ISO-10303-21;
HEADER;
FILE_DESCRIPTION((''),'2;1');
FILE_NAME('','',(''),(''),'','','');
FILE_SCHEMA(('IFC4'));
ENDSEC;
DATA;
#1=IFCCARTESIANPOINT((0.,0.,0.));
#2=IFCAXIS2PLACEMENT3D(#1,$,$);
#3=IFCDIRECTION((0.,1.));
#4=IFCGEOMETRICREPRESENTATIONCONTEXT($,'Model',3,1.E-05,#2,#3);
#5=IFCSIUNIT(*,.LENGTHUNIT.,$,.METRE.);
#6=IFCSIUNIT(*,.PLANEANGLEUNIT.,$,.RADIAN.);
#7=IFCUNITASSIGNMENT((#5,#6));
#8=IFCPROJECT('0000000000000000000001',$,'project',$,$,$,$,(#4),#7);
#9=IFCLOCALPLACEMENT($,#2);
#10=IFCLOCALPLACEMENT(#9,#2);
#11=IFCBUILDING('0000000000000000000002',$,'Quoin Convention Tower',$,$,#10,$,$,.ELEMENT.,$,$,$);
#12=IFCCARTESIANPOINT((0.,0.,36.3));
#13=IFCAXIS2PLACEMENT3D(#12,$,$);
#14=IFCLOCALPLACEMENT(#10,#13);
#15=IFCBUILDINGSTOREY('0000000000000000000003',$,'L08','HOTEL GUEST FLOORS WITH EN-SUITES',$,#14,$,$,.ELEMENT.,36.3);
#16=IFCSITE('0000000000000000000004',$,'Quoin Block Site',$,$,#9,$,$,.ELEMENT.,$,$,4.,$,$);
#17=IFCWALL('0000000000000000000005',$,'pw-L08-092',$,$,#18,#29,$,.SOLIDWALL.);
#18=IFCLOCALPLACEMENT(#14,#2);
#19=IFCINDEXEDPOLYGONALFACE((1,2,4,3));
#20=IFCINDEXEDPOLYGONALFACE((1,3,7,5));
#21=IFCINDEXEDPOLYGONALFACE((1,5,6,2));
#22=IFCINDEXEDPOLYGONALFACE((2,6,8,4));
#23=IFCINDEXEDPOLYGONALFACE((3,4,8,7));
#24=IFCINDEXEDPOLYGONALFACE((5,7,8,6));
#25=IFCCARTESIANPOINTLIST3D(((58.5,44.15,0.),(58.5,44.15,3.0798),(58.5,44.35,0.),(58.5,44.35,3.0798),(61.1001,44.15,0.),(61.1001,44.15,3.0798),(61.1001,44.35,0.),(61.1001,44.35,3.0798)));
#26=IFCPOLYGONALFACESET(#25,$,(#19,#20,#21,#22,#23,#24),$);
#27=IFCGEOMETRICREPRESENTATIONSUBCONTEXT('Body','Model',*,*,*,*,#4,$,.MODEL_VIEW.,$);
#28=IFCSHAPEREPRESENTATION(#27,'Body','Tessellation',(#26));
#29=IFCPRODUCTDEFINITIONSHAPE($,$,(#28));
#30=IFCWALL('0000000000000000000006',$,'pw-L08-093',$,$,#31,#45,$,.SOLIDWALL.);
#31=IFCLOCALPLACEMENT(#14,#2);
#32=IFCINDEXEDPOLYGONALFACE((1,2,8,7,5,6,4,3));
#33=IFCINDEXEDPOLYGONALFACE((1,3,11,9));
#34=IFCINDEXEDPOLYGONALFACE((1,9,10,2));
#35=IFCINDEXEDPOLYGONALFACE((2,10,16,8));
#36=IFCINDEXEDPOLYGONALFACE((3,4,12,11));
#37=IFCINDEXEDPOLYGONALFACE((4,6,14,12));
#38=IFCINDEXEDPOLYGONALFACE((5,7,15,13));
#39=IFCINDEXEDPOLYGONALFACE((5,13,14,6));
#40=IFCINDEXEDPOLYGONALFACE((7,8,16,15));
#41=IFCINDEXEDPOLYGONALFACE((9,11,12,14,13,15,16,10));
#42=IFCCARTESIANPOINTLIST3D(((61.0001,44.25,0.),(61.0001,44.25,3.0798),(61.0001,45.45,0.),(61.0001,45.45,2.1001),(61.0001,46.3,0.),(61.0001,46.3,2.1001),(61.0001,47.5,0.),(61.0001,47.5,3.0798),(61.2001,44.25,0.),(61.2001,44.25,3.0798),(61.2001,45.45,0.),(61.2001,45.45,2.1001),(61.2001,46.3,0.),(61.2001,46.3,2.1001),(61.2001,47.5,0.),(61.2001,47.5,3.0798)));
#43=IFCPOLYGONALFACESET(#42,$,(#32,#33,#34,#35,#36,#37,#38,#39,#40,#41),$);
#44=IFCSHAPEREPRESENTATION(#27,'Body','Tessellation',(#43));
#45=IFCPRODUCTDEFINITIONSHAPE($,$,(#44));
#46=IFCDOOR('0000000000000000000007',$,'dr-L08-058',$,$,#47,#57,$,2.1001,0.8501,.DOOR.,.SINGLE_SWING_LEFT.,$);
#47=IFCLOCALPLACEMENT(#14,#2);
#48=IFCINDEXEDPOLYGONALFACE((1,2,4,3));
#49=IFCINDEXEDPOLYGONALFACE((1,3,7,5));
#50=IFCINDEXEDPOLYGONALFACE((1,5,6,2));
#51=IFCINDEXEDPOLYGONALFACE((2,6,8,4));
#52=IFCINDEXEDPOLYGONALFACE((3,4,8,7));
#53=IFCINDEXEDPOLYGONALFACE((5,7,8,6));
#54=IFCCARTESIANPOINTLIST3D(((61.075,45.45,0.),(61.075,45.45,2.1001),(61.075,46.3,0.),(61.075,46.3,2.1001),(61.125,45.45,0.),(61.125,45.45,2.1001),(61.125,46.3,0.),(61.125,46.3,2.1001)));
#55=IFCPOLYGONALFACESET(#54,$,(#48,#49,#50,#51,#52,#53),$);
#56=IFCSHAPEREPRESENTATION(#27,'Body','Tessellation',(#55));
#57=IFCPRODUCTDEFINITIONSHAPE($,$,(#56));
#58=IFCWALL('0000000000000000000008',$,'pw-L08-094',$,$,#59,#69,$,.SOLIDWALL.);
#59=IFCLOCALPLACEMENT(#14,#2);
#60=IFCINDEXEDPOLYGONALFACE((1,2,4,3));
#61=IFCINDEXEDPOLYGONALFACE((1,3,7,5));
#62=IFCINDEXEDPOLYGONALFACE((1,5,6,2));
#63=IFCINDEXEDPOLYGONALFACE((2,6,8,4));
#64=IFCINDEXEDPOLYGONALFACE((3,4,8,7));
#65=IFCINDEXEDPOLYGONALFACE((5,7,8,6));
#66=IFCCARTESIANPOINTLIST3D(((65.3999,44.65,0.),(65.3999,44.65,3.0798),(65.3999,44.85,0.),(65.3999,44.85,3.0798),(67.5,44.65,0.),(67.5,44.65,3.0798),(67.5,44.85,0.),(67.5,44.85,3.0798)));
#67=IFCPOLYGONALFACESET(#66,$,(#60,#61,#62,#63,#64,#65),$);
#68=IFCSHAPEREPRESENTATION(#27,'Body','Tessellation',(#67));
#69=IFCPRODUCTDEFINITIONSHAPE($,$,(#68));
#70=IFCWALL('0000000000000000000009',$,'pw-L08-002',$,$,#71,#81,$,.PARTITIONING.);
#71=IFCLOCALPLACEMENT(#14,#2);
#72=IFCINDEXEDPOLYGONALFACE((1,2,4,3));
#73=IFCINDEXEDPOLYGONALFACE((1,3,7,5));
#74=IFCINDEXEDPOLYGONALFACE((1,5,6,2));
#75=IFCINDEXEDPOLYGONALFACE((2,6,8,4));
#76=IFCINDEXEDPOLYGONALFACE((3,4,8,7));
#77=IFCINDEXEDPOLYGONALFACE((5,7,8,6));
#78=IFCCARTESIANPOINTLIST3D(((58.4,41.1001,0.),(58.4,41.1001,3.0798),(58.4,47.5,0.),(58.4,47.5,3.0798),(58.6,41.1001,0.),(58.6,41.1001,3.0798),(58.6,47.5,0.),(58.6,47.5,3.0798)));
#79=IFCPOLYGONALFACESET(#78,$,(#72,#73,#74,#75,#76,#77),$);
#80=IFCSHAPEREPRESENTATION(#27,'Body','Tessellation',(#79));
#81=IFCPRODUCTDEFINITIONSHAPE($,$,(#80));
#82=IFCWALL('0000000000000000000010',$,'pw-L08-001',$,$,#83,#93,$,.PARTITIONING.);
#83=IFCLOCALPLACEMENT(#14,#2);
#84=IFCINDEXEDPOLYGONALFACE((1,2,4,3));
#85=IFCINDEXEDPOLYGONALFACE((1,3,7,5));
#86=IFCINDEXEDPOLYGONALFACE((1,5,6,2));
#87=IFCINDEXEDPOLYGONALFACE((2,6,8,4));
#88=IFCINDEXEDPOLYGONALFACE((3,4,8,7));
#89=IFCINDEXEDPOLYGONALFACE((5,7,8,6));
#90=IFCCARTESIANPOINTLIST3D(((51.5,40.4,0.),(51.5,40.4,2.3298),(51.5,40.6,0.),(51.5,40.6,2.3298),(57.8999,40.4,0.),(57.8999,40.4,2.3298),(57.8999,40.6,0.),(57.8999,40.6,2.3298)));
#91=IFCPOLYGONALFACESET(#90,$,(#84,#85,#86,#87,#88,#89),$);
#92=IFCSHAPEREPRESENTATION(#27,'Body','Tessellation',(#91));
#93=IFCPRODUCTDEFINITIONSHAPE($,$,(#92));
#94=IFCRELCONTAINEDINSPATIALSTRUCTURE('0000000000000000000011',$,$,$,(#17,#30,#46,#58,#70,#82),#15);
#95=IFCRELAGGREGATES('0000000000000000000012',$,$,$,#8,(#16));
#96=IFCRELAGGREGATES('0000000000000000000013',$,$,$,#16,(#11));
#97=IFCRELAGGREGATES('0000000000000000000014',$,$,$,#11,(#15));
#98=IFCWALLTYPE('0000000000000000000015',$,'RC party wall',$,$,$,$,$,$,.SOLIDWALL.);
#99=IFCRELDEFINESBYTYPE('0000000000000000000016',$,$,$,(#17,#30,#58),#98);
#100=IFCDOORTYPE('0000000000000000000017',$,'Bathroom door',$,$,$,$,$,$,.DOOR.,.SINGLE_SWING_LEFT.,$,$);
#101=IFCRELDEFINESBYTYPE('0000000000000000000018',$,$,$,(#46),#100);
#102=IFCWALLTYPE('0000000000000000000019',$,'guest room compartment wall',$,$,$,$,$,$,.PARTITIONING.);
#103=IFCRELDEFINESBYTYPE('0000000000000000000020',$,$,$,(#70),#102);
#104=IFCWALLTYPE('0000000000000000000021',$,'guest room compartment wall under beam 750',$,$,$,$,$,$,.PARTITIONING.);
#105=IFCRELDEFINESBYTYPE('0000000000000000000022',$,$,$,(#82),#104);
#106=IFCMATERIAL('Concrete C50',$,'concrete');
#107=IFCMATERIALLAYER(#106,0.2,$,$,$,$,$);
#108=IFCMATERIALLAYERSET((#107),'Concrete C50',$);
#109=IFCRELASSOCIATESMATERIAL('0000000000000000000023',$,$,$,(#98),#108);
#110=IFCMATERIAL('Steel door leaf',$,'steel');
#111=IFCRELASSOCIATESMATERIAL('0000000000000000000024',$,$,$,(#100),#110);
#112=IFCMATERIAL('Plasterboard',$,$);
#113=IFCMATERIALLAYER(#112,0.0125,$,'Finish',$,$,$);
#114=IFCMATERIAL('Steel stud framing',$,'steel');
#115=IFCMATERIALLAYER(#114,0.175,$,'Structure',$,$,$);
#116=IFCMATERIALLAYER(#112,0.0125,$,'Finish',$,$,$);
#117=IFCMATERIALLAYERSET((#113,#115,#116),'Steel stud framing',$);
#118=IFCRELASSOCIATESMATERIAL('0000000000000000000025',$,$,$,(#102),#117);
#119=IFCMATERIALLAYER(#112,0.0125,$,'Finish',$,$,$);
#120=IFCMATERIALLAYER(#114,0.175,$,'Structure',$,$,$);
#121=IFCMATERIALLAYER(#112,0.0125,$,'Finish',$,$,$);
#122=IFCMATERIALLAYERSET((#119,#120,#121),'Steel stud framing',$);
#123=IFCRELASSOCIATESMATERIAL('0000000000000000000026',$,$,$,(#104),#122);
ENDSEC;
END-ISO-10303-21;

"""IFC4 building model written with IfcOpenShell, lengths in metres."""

from ifc_helpers import new_model, si_unit, direction, frame, frame_2d, origin, place, context, subcontext, project, spatial, rectangle, extrude, material, layer, layer_set, type_object, element, fill, save


model = new_model("IFC4")

# Units and contexts
model_context = context("Model", 3, precision=1e-05, world=origin(), true_north=direction((0.0, 1.0)))
body_context = subcontext(model_context, "Body", "Model", "MODEL_VIEW")
ifc_project = project(units=[si_unit("LENGTHUNIT", "METRE"), si_unit("PLANEANGLEUNIT", "RADIAN")], contexts=[model_context])

# Site, building, storey
site_placement = place(None, origin())
site = spatial("IfcSite", under=ifc_project, at=site_placement, Name="Quoin Block Site", CompositionType="ELEMENT", RefElevation=4.0)
building_placement = place(site_placement, origin())
building = spatial("IfcBuilding", under=site, at=building_placement, Name="Quoin Convention Tower", CompositionType="ELEMENT")
storey_placement = place(building_placement, frame((0.0, 0.0, 36.3)))
storey = spatial("IfcBuildingStorey", under=building, at=storey_placement, Name="L08", Description="HOTEL GUEST FLOORS WITH EN-SUITES", CompositionType="ELEMENT", Elevation=36.3)

# Wall
ifc_material_1 = material(Name="Concrete C50", Category="concrete")
ifc_layer_1 = layer(ifc_material_1, 0.2)
ifc_layer_set_1 = layer_set([ifc_layer_1], Name="Concrete C50")
wall_type_1 = type_object("IfcWallType", Name="RC party wall", PredefinedType="SOLIDWALL", material=ifc_layer_set_1)
wall_1_placement = place(storey_placement, frame((58.5, 44.25, 0.0), z_axis=(0.0, 0.0, 1.0), x_axis=(1.0, 0.0, 0.0)))
element("IfcWall", 1, at=wall_1_placement, inside=storey, type_object=wall_type_1, Name="pw-L08-092", PredefinedType="SOLIDWALL", context=body_context, shape_type="SweptSolid", body=[
    extrude(rectangle(XDim=2.6001, YDim=0.2, at=frame_2d((1.3, 0.0))), origin(), (0.0, 0.0, 1.0), 3.0798),
])

# Wall, opening, door
wall_2_placement = place(storey_placement, frame((61.1001, 44.25, 0.0), z_axis=(0.0, 0.0, 1.0), x_axis=(0.0, 1.0, 0.0)))
wall_2 = element("IfcWall", 2, at=wall_2_placement, inside=storey, type_object=wall_type_1, Name="pw-L08-093", PredefinedType="SOLIDWALL", context=body_context, shape_type="SweptSolid", body=[
    extrude(rectangle(XDim=3.25, YDim=0.2, at=frame_2d((1.625, 0.0))), origin(), (0.0, 0.0, 1.0), 3.0798),
])
opening_1_placement = place(wall_2_placement, frame((1.2, 0.0, 0.0)))
opening_1 = element("IfcOpeningElement", 3, at=opening_1_placement, cuts=wall_2, PredefinedType="OPENING", context=body_context, shape_type="SweptSolid", body=[
    extrude(rectangle(XDim=0.8501, YDim=2.1001, at=frame_2d((0.425, 1.05))), frame((0.0, 0.1099, 0.0), z_axis=(0.0, -1.0, 0.0), x_axis=(1.0, 0.0, 0.0)), (0.0, 0.0, 1.0), 0.22),
])
ifc_material_2 = material(Name="Steel door leaf", Category="steel")
door_type = type_object("IfcDoorType", Name="Bathroom door", OperationType="SINGLE_SWING_LEFT", PredefinedType="DOOR", material=ifc_material_2)
door_placement = place(opening_1_placement, frame((0.8501, 0.0, 0.0), z_axis=(0.0, 0.0, 1.0), x_axis=(-1.0, 0.0, 0.0)))
door = element("IfcDoor", 4, at=door_placement, inside=storey, type_object=door_type, Name="dr-L08-058", OperationType="SINGLE_SWING_LEFT", OverallHeight=2.1001, OverallWidth=0.8501, PredefinedType="DOOR", context=body_context, shape_type="SweptSolid", body=[
    extrude(rectangle(XDim=0.8501, YDim=2.1001, at=frame_2d((0.425, 1.05))), frame((0.0, 0.0249, 0.0), z_axis=(0.0, -1.0, 0.0), x_axis=(1.0, 0.0, 0.0)), (0.0, 0.0, 1.0), 0.05),
])
fill(opening_1, door)

# Walls
wall_3_placement = place(storey_placement, frame((65.3999, 44.75, 0.0), z_axis=(0.0, 0.0, 1.0), x_axis=(1.0, 0.0, 0.0)))
element("IfcWall", 5, at=wall_3_placement, inside=storey, type_object=wall_type_1, Name="pw-L08-094", PredefinedType="SOLIDWALL", context=body_context, shape_type="SweptSolid", body=[
    extrude(rectangle(XDim=2.1001, YDim=0.2, at=frame_2d((1.05, 0.0))), origin(), (0.0, 0.0, 1.0), 3.0798),
])
ifc_material_3 = material(Name="Plasterboard")
ifc_layer_2 = layer(ifc_material_3, 0.0125, Name="Finish")
ifc_material_4 = material(Name="Steel stud framing", Category="steel")
ifc_layer_3 = layer(ifc_material_4, 0.175, Name="Structure")
ifc_layer_4 = layer(ifc_material_3, 0.0125, Name="Finish")
ifc_layer_set_2 = layer_set([ifc_layer_2, ifc_layer_3, ifc_layer_4], Name="Steel stud framing")
wall_type_2 = type_object("IfcWallType", Name="guest room compartment wall", PredefinedType="PARTITIONING", material=ifc_layer_set_2)
wall_4_placement = place(storey_placement, frame((58.5, 41.1001, 0.0), z_axis=(0.0, 0.0, 1.0), x_axis=(0.0, 1.0, 0.0)))
element("IfcWall", 6, at=wall_4_placement, inside=storey, type_object=wall_type_2, Name="pw-L08-002", PredefinedType="PARTITIONING", context=body_context, shape_type="SweptSolid", body=[
    extrude(rectangle(XDim=6.3999, YDim=0.2, at=frame_2d((3.2, 0.0))), origin(), (0.0, 0.0, 1.0), 3.0798),
])
ifc_layer_5 = layer(ifc_material_3, 0.0125, Name="Finish")
ifc_layer_6 = layer(ifc_material_4, 0.175, Name="Structure")
ifc_layer_7 = layer(ifc_material_3, 0.0125, Name="Finish")
ifc_layer_set_3 = layer_set([ifc_layer_5, ifc_layer_6, ifc_layer_7], Name="Steel stud framing")
wall_type_3 = type_object("IfcWallType", Name="guest room compartment wall under beam 750", PredefinedType="PARTITIONING", material=ifc_layer_set_3)
wall_5_placement = place(storey_placement, frame((51.5, 40.5, 0.0), z_axis=(0.0, 0.0, 1.0), x_axis=(1.0, 0.0, 0.0)))
element("IfcWall", 7, at=wall_5_placement, inside=storey, type_object=wall_type_3, Name="pw-L08-001", PredefinedType="PARTITIONING", context=body_context, shape_type="SweptSolid", body=[
    extrude(rectangle(XDim=6.3999, YDim=0.2, at=frame_2d((3.2, 0.0))), origin(), (0.0, 0.0, 1.0), 2.3298),
])

save(model, "model.ifc")
